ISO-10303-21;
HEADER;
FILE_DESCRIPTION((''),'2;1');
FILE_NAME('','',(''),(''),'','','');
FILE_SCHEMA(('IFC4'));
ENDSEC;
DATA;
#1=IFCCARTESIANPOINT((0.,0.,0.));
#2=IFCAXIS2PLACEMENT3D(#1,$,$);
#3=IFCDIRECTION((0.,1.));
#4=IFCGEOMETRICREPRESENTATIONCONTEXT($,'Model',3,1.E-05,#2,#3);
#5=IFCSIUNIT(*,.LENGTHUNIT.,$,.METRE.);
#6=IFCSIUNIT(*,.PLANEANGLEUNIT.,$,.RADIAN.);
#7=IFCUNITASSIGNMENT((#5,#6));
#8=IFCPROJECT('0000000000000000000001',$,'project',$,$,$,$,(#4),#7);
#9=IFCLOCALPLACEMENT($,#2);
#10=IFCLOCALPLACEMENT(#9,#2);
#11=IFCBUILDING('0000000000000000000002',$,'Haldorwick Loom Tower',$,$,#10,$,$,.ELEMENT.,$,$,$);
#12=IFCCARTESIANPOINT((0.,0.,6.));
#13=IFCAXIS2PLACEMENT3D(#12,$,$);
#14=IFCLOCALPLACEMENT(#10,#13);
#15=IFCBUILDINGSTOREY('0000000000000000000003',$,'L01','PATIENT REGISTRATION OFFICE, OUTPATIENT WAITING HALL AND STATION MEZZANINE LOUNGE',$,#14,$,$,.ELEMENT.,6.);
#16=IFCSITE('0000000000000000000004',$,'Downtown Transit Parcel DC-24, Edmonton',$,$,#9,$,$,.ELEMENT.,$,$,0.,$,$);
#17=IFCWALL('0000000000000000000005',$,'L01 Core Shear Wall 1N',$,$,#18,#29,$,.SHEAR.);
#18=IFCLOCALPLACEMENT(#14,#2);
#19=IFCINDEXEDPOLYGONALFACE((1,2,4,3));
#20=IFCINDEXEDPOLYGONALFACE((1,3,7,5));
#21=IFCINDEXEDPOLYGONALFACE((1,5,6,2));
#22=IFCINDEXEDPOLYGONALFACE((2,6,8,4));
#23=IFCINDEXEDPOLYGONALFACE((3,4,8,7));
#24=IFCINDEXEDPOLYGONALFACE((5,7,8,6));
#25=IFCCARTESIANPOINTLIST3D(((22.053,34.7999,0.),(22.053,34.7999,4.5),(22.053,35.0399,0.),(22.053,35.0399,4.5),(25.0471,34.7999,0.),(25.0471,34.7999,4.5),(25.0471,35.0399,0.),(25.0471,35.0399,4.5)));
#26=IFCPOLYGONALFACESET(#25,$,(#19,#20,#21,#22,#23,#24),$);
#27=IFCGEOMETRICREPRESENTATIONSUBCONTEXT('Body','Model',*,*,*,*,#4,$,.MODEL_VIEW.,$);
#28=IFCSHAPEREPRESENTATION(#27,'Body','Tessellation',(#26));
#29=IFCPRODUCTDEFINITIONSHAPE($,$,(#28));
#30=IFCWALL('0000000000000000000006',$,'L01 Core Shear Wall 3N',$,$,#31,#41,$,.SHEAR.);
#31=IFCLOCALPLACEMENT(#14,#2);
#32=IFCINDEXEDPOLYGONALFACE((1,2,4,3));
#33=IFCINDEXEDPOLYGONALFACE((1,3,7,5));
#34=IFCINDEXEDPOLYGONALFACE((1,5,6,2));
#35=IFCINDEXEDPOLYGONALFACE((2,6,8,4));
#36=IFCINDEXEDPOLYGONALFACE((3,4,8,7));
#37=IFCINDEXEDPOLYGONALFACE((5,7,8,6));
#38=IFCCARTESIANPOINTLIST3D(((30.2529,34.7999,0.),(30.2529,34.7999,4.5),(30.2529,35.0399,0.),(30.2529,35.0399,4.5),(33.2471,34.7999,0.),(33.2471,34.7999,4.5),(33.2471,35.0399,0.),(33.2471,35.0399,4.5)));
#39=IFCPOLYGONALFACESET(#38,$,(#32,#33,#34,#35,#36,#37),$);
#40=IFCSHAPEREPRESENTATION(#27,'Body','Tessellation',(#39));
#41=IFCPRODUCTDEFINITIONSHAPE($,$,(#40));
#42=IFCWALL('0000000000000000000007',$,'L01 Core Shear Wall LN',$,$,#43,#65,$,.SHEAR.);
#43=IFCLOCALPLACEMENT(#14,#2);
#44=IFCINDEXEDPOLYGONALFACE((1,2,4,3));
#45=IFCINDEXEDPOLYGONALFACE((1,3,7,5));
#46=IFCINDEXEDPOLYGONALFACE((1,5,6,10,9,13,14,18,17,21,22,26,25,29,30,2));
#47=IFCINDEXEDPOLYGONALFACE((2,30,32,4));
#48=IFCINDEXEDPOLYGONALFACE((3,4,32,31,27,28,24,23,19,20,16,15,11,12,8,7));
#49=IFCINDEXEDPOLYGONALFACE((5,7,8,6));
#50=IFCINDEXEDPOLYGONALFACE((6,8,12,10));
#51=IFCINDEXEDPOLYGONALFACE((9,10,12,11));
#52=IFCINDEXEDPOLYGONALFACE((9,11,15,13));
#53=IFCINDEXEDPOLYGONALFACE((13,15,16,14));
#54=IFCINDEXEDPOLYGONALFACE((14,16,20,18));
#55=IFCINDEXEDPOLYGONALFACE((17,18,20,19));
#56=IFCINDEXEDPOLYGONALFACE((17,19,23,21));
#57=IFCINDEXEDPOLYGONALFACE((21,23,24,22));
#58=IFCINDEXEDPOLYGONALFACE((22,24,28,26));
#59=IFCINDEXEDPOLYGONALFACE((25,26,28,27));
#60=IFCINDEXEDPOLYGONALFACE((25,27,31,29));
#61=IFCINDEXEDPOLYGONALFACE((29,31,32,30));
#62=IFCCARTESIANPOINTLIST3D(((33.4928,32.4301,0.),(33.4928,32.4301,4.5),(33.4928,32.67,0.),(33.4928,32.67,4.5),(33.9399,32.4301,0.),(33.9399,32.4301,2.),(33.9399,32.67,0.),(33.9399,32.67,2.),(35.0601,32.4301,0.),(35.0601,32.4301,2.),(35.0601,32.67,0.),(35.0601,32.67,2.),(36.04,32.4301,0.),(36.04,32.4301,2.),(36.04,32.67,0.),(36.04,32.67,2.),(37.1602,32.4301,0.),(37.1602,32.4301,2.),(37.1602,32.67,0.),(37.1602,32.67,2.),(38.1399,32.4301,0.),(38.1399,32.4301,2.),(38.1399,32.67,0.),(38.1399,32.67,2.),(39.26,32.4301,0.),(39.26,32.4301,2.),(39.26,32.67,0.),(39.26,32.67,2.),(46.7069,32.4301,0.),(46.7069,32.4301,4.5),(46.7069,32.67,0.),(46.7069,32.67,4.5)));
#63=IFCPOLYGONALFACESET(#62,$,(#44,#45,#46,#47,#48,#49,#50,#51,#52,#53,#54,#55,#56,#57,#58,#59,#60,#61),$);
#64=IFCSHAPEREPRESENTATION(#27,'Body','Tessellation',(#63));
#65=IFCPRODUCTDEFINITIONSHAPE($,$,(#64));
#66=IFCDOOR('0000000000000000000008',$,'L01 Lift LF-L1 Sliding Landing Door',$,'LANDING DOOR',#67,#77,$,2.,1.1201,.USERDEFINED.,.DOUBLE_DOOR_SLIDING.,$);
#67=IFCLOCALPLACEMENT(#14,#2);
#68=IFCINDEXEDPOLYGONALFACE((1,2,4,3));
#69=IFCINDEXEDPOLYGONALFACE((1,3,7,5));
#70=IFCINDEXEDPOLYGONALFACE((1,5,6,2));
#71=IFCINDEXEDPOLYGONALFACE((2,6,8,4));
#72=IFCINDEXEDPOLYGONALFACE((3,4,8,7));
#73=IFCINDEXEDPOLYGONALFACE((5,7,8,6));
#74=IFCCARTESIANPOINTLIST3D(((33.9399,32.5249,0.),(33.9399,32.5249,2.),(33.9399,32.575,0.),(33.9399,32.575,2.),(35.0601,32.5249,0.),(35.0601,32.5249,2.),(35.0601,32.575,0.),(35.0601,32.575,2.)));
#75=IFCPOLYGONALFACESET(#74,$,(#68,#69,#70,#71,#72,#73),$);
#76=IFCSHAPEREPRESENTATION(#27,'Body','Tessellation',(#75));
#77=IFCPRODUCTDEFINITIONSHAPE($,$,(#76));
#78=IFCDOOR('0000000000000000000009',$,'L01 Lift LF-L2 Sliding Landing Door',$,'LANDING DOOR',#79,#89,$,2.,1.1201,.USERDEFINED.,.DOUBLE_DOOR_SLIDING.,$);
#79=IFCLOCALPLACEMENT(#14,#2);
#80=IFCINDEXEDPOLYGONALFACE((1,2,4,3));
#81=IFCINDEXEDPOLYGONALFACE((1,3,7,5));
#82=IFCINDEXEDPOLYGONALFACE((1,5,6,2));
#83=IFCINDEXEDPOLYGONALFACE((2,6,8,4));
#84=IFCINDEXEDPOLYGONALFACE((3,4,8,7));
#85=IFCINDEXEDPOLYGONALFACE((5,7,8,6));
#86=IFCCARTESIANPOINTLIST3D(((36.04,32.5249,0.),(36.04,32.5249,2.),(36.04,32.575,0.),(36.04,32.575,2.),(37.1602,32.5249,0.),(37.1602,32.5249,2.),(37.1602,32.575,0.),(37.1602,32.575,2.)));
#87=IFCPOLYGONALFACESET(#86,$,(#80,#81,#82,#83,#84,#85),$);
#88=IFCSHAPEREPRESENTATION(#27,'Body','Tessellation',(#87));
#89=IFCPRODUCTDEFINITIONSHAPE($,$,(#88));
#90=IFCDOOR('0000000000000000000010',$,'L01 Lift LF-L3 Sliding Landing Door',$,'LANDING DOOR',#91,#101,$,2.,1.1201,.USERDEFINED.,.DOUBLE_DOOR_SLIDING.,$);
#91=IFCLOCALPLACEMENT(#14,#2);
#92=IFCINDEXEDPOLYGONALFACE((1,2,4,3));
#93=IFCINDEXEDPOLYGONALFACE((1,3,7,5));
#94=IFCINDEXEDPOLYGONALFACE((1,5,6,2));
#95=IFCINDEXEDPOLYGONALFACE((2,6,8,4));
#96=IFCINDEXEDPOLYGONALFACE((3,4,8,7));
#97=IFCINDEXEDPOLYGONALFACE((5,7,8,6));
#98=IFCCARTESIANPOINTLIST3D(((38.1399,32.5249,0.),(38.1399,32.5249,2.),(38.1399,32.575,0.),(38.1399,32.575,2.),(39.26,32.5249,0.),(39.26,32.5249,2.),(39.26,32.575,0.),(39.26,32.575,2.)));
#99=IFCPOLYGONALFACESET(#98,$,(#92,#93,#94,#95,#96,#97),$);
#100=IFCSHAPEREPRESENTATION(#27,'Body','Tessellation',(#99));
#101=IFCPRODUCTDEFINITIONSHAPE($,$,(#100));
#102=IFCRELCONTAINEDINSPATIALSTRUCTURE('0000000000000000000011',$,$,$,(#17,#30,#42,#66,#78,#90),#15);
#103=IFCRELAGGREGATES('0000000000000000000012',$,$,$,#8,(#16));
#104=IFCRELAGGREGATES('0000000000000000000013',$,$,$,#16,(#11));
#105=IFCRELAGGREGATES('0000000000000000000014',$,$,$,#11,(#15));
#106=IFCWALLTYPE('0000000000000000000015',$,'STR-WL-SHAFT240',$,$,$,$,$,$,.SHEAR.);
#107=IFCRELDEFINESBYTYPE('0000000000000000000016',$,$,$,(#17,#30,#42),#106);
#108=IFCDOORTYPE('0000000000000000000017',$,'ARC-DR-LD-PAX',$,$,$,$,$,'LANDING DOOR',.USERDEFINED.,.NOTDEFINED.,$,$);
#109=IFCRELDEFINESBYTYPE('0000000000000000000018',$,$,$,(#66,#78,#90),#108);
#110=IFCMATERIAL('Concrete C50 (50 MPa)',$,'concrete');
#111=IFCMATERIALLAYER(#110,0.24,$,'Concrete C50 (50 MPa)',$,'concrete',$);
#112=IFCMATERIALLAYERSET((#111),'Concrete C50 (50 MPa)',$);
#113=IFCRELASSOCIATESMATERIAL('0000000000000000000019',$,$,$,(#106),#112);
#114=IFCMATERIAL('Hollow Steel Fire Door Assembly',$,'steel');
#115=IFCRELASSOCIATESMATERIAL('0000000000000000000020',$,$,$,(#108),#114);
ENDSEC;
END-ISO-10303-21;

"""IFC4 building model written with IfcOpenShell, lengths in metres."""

from ifc_helpers import new_model, si_unit, direction, frame, frame_2d, origin, place, context, subcontext, project, spatial, rectangle, extrude, material, layer, layer_set, type_object, element, fill, save


model = new_model("IFC4")

# Units and contexts
model_context = context("Model", 3, precision=1e-05, world=origin(), true_north=direction((0.0, 1.0)))
body_context = subcontext(model_context, "Body", "Model", "MODEL_VIEW")
ifc_project = project(units=[si_unit("LENGTHUNIT", "METRE"), si_unit("PLANEANGLEUNIT", "RADIAN")], contexts=[model_context])

# Site, building, storey
site_placement = place(None, origin())
site = spatial("IfcSite", under=ifc_project, at=site_placement, Name="Downtown Transit Parcel DC-24, Edmonton", CompositionType="ELEMENT", RefElevation=0.0)
building_placement = place(site_placement, origin())
building = spatial("IfcBuilding", under=site, at=building_placement, Name="Haldorwick Loom Tower", CompositionType="ELEMENT")
storey_placement = place(building_placement, frame((0.0, 0.0, 6.0)))
storey = spatial("IfcBuildingStorey", under=building, at=storey_placement, Name="L01", Description="PATIENT REGISTRATION OFFICE, OUTPATIENT WAITING HALL AND STATION MEZZANINE LOUNGE", CompositionType="ELEMENT", Elevation=6.0)

# Walls
ifc_material_1 = material(Name="Concrete C50 (50 MPa)", Category="concrete")
ifc_layer = layer(ifc_material_1, 0.24, Name="Concrete C50 (50 MPa)", Category="concrete")
ifc_layer_set = layer_set([ifc_layer], Name="Concrete C50 (50 MPa)")
wall_type = type_object("IfcWallType", Name="STR-WL-SHAFT240", PredefinedType="SHEAR", material=ifc_layer_set)
for number, where, z_axis, x_axis, name in (
    (1, (22.053, 34.9199, 0.0), (0.0, 0.0, 1.0), (1.0, 0.0, 0.0), "L01 Core Shear Wall 1N"),
    (2, (30.2529, 34.9199, 0.0), (0.0, 0.0, 1.0), (1.0, 0.0, 0.0), "L01 Core Shear Wall 3N"),
):
    element("IfcWall", number, at=place(storey_placement, frame(where, z_axis=z_axis, x_axis=x_axis)), inside=storey, type_object=wall_type, Name=name, PredefinedType="SHEAR", context=body_context, shape_type="SweptSolid", body=[
        extrude(rectangle(XDim=2.9941, YDim=0.24, at=frame_2d((1.4971, 0.0))), origin(), (0.0, 0.0, 1.0), 4.5),
    ])

# Wall, openings, doors
wall_1_placement = place(storey_placement, frame((33.4929, 32.55, 0.0), z_axis=(0.0, 0.0, 1.0), x_axis=(1.0, 0.0, 0.0)))
wall_1 = element("IfcWall", 3, at=wall_1_placement, inside=storey, type_object=wall_type, Name="L01 Core Shear Wall LN", PredefinedType="SHEAR", context=body_context, shape_type="SweptSolid", body=[
    extrude(rectangle(XDim=13.2141, YDim=0.24, at=frame_2d((6.6069, 0.0))), origin(), (0.0, 0.0, 1.0), 4.5),
])
opening_1_placement = place(wall_1_placement, frame((0.447, 0.0, 0.0)))
opening_1 = element("IfcOpeningElement", 4, at=opening_1_placement, cuts=wall_1, PredefinedType="OPENING", context=body_context, shape_type="SweptSolid", body=[
    extrude(rectangle(XDim=1.1201, YDim=2.0, at=frame_2d((0.5601, 1.0))), frame((0.0, 0.1299, 0.0), z_axis=(0.0, -1.0, 0.0), x_axis=(1.0, 0.0, 0.0)), (0.0, 0.0, 1.0), 0.26),
])
opening_2_placement = place(wall_1_placement, frame((2.5471, 0.0, 0.0)))
opening_2 = element("IfcOpeningElement", 5, at=opening_2_placement, cuts=wall_1, PredefinedType="OPENING", context=body_context, shape_type="SweptSolid", body=[
    extrude(rectangle(XDim=1.1201, YDim=2.0, at=frame_2d((0.5601, 1.0))), frame((0.0, 0.1299, 0.0), z_axis=(0.0, -1.0, 0.0), x_axis=(1.0, 0.0, 0.0)), (0.0, 0.0, 1.0), 0.26),
])
opening_3_placement = place(wall_1_placement, frame((4.647, 0.0, 0.0)))
opening_3 = element("IfcOpeningElement", 6, at=opening_3_placement, cuts=wall_1, PredefinedType="OPENING", context=body_context, shape_type="SweptSolid", body=[
    extrude(rectangle(XDim=1.1201, YDim=2.0, at=frame_2d((0.5601, 1.0))), frame((0.0, 0.1299, 0.0), z_axis=(0.0, -1.0, 0.0), x_axis=(1.0, 0.0, 0.0)), (0.0, 0.0, 1.0), 0.26),
])
ifc_material_2 = material(Name="Hollow Steel Fire Door Assembly", Category="steel")
door_type = type_object("IfcDoorType", Name="ARC-DR-LD-PAX", ElementType="LANDING DOOR", OperationType="NOTDEFINED", PredefinedType="USERDEFINED", material=ifc_material_2)
door_1_placement = place(opening_1_placement, origin())
door_1 = element("IfcDoor", 7, at=door_1_placement, inside=storey, type_object=door_type, Name="L01 Lift LF-L1 Sliding Landing Door", ObjectType="LANDING DOOR", OperationType="DOUBLE_DOOR_SLIDING", OverallHeight=2.0, OverallWidth=1.1201, PredefinedType="USERDEFINED", context=body_context, shape_type="SweptSolid", body=[
    extrude(rectangle(XDim=1.1201, YDim=2.0, at=frame_2d((0.5601, 1.0))), frame((0.0, 0.0249, 0.0), z_axis=(0.0, -1.0, 0.0), x_axis=(1.0, 0.0, 0.0)), (0.0, 0.0, 1.0), 0.05),
])
fill(opening_1, door_1)
door_2_placement = place(opening_2_placement, origin())
door_2 = element("IfcDoor", 8, at=door_2_placement, inside=storey, type_object=door_type, Name="L01 Lift LF-L2 Sliding Landing Door", ObjectType="LANDING DOOR", OperationType="DOUBLE_DOOR_SLIDING", OverallHeight=2.0, OverallWidth=1.1201, PredefinedType="USERDEFINED", context=body_context, shape_type="SweptSolid", body=[
    extrude(rectangle(XDim=1.1201, YDim=2.0, at=frame_2d((0.5601, 1.0))), frame((0.0, 0.0249, 0.0), z_axis=(0.0, -1.0, 0.0), x_axis=(1.0, 0.0, 0.0)), (0.0, 0.0, 1.0), 0.05),
])
fill(opening_2, door_2)
door_3_placement = place(opening_3_placement, origin())
door_3 = element("IfcDoor", 9, at=door_3_placement, inside=storey, type_object=door_type, Name="L01 Lift LF-L3 Sliding Landing Door", ObjectType="LANDING DOOR", OperationType="DOUBLE_DOOR_SLIDING", OverallHeight=2.0, OverallWidth=1.1201, PredefinedType="USERDEFINED", context=body_context, shape_type="SweptSolid", body=[
    extrude(rectangle(XDim=1.1201, YDim=2.0, at=frame_2d((0.5601, 1.0))), frame((0.0, 0.0249, 0.0), z_axis=(0.0, -1.0, 0.0), x_axis=(1.0, 0.0, 0.0)), (0.0, 0.0, 1.0), 0.05),
])
fill(opening_3, door_3)

save(model, "model.ifc")
